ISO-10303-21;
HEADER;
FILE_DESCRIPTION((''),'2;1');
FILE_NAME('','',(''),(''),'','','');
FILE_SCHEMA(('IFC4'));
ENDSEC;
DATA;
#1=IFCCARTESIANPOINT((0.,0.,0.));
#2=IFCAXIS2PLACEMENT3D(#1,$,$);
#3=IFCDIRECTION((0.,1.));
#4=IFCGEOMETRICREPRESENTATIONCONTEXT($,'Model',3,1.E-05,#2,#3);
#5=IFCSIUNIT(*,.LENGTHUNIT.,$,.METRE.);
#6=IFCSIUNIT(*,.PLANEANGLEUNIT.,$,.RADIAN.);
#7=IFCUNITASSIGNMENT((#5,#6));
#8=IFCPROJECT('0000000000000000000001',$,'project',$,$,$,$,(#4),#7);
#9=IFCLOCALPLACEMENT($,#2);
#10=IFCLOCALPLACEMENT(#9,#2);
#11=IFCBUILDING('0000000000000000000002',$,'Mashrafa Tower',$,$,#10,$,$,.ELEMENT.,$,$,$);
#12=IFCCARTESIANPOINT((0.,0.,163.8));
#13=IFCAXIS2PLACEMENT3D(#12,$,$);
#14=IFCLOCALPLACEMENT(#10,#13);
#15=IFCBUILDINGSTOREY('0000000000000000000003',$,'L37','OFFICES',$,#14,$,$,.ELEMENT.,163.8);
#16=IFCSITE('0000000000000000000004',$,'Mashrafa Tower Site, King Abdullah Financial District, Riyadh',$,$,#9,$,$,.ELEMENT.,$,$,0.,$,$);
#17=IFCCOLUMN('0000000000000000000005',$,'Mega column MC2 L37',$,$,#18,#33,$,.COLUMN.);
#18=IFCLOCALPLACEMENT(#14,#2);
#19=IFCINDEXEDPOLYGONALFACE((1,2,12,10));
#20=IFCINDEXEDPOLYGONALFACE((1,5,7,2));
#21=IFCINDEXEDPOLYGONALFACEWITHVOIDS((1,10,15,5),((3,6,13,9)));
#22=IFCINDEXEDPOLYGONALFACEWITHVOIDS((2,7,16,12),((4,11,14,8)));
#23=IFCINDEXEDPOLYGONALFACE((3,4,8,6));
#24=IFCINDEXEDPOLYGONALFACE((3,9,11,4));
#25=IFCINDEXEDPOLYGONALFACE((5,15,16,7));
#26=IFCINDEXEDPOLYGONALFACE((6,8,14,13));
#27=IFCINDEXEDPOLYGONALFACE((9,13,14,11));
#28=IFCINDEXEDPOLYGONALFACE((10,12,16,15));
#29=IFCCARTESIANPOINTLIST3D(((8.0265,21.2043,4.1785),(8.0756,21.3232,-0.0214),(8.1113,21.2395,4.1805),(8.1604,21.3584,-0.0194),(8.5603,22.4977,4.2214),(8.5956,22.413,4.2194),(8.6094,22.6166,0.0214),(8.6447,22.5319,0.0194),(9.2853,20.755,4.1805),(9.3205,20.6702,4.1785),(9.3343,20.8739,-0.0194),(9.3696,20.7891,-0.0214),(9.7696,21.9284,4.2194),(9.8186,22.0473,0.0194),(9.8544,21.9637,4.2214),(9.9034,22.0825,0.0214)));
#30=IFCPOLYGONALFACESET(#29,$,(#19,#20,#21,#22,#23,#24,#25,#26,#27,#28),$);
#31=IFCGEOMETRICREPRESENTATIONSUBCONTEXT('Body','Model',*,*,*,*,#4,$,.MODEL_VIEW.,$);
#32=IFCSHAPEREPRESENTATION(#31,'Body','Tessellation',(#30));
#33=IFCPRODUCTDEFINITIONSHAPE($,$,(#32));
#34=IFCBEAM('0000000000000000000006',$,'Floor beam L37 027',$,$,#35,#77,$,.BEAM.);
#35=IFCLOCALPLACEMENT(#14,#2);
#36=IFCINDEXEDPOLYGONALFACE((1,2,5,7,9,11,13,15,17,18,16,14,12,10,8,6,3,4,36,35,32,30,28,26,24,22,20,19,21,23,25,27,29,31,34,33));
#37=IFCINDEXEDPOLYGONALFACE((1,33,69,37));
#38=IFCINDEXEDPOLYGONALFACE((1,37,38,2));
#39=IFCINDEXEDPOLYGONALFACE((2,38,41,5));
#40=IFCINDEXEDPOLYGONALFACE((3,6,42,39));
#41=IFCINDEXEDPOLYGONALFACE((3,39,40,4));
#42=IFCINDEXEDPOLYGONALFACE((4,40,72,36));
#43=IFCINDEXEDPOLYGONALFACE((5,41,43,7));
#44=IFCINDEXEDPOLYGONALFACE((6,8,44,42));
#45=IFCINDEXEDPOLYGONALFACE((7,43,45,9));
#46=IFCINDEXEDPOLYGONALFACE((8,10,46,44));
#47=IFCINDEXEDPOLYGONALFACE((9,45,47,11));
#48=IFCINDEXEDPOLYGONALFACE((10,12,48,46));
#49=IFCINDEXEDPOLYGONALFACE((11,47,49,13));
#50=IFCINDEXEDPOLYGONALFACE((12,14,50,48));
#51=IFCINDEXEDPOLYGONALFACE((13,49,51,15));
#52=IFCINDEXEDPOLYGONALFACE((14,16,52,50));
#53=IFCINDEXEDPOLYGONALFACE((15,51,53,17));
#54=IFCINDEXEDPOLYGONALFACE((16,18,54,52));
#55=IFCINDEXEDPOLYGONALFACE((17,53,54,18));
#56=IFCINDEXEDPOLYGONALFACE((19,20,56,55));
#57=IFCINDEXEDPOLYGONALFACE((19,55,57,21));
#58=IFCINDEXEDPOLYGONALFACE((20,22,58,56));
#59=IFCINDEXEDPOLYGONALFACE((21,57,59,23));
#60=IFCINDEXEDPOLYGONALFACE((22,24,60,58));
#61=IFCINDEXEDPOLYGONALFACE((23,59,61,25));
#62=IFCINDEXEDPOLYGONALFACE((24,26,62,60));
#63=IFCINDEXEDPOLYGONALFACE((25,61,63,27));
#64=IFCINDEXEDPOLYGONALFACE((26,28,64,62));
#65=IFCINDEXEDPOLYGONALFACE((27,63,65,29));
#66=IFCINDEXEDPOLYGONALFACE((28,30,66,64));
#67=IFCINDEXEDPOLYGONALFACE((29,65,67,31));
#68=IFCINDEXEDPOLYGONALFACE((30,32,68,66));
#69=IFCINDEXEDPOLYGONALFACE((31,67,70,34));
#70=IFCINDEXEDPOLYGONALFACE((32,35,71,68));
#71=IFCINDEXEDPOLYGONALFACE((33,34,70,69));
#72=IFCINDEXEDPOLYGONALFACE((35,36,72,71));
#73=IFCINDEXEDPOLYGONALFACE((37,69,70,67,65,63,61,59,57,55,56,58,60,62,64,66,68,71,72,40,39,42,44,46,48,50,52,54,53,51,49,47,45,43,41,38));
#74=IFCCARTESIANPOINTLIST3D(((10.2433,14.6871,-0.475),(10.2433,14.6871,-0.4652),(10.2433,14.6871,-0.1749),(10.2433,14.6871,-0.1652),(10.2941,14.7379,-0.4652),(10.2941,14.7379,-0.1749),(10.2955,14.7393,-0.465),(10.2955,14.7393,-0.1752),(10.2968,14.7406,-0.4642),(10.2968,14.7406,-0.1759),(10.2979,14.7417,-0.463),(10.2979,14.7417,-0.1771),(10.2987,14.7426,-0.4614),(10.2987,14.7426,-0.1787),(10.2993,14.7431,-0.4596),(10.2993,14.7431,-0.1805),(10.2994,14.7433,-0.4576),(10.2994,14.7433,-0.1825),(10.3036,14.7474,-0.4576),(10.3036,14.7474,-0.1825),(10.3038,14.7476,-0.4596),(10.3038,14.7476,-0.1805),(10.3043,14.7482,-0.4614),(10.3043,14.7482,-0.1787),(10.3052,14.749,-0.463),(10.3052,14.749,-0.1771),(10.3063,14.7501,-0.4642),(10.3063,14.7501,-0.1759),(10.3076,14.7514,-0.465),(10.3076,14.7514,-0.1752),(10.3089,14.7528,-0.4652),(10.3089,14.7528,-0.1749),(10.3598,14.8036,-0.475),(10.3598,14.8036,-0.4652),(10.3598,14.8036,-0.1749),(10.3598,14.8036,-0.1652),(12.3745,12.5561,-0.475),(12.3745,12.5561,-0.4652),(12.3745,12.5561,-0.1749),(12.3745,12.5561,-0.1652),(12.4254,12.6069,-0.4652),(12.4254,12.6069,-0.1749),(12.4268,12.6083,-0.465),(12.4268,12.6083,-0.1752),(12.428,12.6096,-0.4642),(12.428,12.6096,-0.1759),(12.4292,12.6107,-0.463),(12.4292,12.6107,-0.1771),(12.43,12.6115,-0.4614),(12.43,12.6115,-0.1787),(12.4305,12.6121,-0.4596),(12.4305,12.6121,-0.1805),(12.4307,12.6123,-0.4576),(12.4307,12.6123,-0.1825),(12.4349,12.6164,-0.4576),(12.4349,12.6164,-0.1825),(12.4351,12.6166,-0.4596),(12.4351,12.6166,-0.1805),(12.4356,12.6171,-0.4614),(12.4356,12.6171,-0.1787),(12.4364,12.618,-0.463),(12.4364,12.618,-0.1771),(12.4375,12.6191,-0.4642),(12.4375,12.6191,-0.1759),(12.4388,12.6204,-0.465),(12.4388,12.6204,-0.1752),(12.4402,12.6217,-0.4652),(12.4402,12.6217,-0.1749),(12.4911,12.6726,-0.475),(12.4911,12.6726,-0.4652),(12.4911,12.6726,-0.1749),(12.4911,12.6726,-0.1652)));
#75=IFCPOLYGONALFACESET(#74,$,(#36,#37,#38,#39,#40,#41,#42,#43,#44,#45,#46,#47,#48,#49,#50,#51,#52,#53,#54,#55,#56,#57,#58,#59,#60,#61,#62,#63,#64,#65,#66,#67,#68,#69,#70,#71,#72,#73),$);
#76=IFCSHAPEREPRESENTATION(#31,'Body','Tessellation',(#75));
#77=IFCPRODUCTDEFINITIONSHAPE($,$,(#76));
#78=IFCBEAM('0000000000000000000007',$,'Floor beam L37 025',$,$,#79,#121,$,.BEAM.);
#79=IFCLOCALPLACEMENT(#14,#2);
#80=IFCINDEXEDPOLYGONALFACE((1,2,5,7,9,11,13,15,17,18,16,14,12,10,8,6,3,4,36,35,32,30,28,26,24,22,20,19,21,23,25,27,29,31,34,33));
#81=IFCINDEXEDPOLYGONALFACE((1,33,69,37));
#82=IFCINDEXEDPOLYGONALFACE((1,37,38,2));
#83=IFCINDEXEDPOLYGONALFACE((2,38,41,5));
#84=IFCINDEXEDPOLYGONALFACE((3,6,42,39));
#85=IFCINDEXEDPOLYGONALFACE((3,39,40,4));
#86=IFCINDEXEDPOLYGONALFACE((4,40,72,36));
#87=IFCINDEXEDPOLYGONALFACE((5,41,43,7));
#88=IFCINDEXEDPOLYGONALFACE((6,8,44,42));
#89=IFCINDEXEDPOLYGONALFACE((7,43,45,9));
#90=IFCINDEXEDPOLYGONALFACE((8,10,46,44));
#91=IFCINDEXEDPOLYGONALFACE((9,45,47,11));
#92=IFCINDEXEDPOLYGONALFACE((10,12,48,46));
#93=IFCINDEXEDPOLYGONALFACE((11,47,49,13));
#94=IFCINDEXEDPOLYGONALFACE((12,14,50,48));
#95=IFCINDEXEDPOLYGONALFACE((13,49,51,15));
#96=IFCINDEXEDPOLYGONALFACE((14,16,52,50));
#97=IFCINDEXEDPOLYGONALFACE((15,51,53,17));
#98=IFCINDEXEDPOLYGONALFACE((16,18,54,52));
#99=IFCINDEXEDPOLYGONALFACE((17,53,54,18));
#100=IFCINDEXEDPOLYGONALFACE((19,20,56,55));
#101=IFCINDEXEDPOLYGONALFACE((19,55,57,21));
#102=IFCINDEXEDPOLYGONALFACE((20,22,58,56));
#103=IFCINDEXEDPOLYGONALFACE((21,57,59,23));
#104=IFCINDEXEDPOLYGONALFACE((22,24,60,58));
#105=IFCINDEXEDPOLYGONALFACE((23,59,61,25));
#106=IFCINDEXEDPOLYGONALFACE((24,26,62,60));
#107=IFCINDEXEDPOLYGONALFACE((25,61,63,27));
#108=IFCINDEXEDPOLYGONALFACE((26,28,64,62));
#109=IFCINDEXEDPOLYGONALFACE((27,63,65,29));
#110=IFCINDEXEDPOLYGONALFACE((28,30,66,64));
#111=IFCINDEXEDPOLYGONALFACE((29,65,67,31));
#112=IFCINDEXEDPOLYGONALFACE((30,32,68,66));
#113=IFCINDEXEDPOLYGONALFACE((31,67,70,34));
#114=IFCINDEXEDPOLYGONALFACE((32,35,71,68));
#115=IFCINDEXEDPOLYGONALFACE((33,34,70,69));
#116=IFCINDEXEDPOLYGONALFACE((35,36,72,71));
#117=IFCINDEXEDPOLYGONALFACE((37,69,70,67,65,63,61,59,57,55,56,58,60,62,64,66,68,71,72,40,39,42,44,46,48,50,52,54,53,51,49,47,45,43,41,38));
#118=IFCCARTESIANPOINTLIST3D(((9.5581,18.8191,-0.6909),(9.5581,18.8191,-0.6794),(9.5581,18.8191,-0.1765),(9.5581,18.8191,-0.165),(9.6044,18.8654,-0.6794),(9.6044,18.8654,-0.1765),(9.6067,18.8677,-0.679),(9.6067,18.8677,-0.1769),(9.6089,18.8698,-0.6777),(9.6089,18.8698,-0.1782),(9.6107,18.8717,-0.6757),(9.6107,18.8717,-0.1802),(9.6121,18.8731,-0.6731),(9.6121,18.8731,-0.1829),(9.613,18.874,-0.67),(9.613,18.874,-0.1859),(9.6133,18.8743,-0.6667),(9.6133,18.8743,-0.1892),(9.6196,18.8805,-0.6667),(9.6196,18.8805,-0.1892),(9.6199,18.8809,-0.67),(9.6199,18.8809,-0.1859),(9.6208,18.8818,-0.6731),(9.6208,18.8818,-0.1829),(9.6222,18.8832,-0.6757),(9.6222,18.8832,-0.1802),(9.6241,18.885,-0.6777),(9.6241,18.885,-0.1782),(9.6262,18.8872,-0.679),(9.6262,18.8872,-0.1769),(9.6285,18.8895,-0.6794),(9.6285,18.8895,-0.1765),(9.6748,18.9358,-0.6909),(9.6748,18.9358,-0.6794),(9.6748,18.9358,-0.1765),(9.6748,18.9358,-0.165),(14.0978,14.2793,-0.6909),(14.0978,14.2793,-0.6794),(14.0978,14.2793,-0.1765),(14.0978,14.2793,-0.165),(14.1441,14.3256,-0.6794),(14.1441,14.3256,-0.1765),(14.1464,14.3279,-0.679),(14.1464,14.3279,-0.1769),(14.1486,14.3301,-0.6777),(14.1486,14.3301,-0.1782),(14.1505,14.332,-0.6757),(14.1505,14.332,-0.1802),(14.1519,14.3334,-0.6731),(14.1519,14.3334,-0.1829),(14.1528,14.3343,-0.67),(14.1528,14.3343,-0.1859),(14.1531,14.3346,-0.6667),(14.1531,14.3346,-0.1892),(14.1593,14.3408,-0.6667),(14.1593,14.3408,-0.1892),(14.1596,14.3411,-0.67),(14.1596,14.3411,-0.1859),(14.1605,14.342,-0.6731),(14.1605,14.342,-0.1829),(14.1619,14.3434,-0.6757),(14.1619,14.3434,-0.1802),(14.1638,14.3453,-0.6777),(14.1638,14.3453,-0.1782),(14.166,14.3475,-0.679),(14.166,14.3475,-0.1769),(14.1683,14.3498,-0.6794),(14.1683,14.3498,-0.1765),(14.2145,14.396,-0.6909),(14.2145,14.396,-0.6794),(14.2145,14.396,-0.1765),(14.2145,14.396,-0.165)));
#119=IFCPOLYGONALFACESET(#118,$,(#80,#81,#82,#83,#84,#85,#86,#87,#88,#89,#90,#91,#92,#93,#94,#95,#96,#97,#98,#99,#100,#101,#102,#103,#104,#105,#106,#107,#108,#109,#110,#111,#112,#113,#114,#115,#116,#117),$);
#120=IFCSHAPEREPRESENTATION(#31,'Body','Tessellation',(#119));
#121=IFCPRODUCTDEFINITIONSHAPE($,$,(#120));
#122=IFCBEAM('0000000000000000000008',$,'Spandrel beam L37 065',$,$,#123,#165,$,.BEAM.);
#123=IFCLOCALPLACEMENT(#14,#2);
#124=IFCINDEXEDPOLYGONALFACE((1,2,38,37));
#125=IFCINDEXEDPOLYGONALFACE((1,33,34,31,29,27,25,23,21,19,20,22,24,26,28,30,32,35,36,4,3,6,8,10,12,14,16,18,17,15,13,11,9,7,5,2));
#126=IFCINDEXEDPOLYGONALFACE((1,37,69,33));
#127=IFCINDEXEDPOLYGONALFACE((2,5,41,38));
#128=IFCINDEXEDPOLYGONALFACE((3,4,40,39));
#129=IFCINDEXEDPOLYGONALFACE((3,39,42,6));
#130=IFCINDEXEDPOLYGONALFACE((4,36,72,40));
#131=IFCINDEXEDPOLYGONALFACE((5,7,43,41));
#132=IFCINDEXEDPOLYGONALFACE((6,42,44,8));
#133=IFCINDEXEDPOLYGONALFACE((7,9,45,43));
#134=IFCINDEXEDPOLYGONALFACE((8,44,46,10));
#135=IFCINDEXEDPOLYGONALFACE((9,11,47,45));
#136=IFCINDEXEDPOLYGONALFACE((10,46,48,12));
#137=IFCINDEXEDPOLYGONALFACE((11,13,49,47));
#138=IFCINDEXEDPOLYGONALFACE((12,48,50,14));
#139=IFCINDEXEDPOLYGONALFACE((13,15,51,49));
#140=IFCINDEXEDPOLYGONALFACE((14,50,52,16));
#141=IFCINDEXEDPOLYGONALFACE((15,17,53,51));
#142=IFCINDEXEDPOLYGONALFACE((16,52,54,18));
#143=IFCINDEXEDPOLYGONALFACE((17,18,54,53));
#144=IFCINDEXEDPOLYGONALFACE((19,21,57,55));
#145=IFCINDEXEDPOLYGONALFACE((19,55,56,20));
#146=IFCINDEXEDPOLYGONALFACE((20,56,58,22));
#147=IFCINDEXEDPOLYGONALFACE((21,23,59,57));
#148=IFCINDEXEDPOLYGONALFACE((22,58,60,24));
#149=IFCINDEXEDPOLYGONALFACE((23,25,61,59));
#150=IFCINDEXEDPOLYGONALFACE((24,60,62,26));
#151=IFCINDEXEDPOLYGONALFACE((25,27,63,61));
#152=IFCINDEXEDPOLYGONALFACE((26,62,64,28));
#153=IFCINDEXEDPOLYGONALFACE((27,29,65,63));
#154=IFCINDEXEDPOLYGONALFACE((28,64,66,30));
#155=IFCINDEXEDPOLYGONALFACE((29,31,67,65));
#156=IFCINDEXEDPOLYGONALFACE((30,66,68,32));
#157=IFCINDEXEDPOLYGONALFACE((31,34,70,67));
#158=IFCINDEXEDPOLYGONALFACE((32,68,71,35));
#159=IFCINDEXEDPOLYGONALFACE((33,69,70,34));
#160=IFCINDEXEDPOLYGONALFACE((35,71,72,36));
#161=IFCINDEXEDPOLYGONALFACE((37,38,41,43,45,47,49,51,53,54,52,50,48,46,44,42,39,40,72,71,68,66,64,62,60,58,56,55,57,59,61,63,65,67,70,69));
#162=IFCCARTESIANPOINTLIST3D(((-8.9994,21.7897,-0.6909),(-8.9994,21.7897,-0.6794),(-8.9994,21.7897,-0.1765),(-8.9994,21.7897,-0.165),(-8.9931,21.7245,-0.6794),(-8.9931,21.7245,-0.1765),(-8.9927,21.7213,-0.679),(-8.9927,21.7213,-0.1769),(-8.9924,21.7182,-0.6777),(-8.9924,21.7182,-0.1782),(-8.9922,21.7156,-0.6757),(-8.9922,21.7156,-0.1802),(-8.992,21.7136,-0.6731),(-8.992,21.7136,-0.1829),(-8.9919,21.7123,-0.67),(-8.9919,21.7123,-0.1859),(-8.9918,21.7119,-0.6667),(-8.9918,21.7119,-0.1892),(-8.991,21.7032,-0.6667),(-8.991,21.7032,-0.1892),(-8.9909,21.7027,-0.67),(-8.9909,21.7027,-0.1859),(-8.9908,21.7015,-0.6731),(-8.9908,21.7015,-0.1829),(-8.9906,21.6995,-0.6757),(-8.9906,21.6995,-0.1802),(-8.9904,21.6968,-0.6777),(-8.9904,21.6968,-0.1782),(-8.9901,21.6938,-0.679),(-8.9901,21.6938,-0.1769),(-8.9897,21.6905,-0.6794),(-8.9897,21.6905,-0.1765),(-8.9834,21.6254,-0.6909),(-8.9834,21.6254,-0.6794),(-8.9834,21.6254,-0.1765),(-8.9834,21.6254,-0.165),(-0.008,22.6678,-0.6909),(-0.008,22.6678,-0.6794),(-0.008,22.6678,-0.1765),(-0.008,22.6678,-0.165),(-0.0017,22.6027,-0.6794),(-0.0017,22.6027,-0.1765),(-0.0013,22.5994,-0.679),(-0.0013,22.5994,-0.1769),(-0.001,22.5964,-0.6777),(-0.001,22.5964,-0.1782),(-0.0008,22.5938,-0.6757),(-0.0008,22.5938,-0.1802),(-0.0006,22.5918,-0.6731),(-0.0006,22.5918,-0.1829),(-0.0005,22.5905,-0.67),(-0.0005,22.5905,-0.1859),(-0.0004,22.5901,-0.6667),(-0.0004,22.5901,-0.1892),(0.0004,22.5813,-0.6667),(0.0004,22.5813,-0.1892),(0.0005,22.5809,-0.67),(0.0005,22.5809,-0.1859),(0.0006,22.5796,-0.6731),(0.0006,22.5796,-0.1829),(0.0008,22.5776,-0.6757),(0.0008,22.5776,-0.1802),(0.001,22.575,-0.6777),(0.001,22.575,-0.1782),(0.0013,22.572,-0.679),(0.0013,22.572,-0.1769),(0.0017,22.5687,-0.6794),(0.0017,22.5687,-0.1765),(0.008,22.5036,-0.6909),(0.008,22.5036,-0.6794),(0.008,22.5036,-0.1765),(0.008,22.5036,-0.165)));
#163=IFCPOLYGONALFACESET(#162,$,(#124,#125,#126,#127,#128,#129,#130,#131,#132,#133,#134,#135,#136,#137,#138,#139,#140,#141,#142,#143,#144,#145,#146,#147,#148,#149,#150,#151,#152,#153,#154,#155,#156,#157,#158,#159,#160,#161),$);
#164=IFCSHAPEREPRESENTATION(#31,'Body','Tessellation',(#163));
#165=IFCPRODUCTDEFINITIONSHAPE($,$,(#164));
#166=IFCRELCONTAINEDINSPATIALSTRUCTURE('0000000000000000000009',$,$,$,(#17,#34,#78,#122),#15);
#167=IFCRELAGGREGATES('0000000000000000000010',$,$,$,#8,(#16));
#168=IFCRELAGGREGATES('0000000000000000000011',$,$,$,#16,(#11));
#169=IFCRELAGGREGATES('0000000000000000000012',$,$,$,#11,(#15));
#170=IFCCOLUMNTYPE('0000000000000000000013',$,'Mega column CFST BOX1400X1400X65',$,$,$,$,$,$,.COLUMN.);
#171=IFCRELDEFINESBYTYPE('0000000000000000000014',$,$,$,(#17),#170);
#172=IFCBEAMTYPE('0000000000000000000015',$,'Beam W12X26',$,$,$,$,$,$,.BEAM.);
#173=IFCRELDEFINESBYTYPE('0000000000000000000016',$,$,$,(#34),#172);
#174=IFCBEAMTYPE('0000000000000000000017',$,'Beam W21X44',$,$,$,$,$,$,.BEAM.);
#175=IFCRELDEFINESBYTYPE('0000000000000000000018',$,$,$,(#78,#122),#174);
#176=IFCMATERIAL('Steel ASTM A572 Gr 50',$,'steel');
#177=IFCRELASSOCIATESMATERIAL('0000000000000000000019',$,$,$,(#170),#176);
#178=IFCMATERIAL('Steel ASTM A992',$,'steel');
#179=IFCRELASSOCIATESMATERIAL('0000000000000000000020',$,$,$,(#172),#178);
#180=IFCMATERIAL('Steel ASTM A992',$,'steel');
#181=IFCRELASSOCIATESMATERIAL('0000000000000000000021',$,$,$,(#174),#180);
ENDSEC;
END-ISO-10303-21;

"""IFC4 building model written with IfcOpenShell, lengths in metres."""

from ifc_helpers import new_model, si_unit, direction, frame, origin, origin_2d, place, context, subcontext, project, spatial, hollow_rectangle, i_section, extrude, material, material_profile, profile_set, type_object, element, save


model = new_model("IFC4")

# Units and contexts
model_context = context("Model", 3, precision=1e-05, world=origin(), true_north=direction((0.0, 1.0)))
body_context = subcontext(model_context, "Body", "Model", "MODEL_VIEW")
ifc_project = project(units=[si_unit("LENGTHUNIT", "METRE"), si_unit("PLANEANGLEUNIT", "RADIAN")], contexts=[model_context])

# Site, building, storey
site_placement = place(None, origin())
site = spatial("IfcSite", under=ifc_project, at=site_placement, Name="Mashrafa Tower Site, King Abdullah Financial District, Riyadh", CompositionType="ELEMENT", RefElevation=0.0)
building_placement = place(site_placement, origin())
building = spatial("IfcBuilding", under=site, at=building_placement, Name="Mashrafa Tower", CompositionType="ELEMENT")
storey_placement = place(building_placement, frame((0.0, 0.0, 163.8)))
storey = spatial("IfcBuildingStorey", under=building, at=storey_placement, Name="L37", Description="OFFICES", CompositionType="ELEMENT", Elevation=163.8)

# Column
ifc_material_1 = material(Name="Steel ASTM A572 Gr 50", Category="steel")
ifc_material_profile_1 = material_profile(ifc_material_1, hollow_rectangle(XDim=1.3999, YDim=1.3999, WallThickness=0.0649, at=origin_2d()), Name="BOX1400X1400X65")
ifc_profile_set_1 = profile_set([ifc_material_profile_1], Name="Steel ASTM A572 Gr 50")
column_type = type_object("IfcColumnType", Name="Mega column CFST BOX1400X1400X65", PredefinedType="COLUMN", material=ifc_profile_set_1)
column_placement = place(storey_placement, frame((8.9895, 21.7029, 0.0), z_axis=(-0.011679, -0.028296, 0.999531), x_axis=(0.924363, -0.381513, 0.0)))
element("IfcColumn", 1, at=column_placement, inside=storey, type_object=column_type, Name="Mega column MC2 L37", PredefinedType="COLUMN", context=body_context, shape_type="SweptSolid", body=[
    extrude(hollow_rectangle(XDim=1.3999, YDim=1.3999, WallThickness=0.0649, at=origin_2d()), origin(), (0.0, 0.0, 1.0), 4.2019),
])

# Beams
ifc_material_2 = material(Name="Steel ASTM A992", Category="steel")
ifc_material_profile_2 = material_profile(ifc_material_2, i_section(OverallWidth=0.1648, OverallDepth=0.3098, WebThickness=0.0059, FlangeThickness=0.0098, FilletRadius=0.0076, at=origin_2d()), Name="W12X26")
ifc_profile_set_2 = profile_set([ifc_material_profile_2], Name="Steel ASTM A992")
beam_type_1 = type_object("IfcBeamType", Name="Beam W12X26", PredefinedType="BEAM", material=ifc_profile_set_2)
beam_1_placement = place(storey_placement, frame((10.3015, 14.7454, -0.3201), z_axis=(0.707147, -0.707066, 0.0), x_axis=(0.707066, 0.707147, 0.0)))
element("IfcBeam", 2, at=beam_1_placement, inside=storey, type_object=beam_type_1, Name="Floor beam L37 027", PredefinedType="BEAM", context=body_context, shape_type="SweptSolid", body=[
    extrude(i_section(OverallWidth=0.1648, OverallDepth=0.3098, WebThickness=0.0059, FlangeThickness=0.0098, FilletRadius=0.0076, at=origin_2d()), origin(), (0.0, 0.0, 1.0), 3.0139),
])
ifc_material_3 = material(Name="Steel ASTM A992", Category="steel")
ifc_material_profile_3 = material_profile(ifc_material_3, i_section(OverallWidth=0.165, OverallDepth=0.5259, WebThickness=0.0088, FlangeThickness=0.0115, FilletRadius=0.0127, at=origin_2d()), Name="W21X44")
ifc_profile_set_3 = profile_set([ifc_material_profile_3], Name="Steel ASTM A992")
beam_type_2 = type_object("IfcBeamType", Name="Beam W21X44", PredefinedType="BEAM", material=ifc_profile_set_3)
beam_2_placement = place(storey_placement, frame((9.6165, 18.8774, -0.428), z_axis=(0.707107, -0.707107, 0.0), x_axis=(0.707107, 0.707107, 0.0)))
element("IfcBeam", 3, at=beam_2_placement, inside=storey, type_object=beam_type_2, Name="Floor beam L37 025", PredefinedType="BEAM", context=body_context, shape_type="SweptSolid", body=[
    extrude(i_section(OverallWidth=0.165, OverallDepth=0.5259, WebThickness=0.0088, FlangeThickness=0.0115, FilletRadius=0.0127, at=origin_2d()), origin(), (0.0, 0.0, 1.0), 6.4202),
])
for number, where, z_axis, x_axis, name in (
    (4, (0.0, 22.5857, -0.428), (-0.995264, -0.097205, 0.0), (0.097205, -0.995264, 0.0), "Spandrel beam L37 065"),
):
    element("IfcBeam", number, at=place(storey_placement, frame(where, z_axis=z_axis, x_axis=x_axis)), inside=storey, type_object=beam_type_2, Name=name, PredefinedType="BEAM", context=body_context, shape_type="SweptSolid", body=[
        extrude(i_section(OverallWidth=0.165, OverallDepth=0.5259, WebThickness=0.0088, FlangeThickness=0.0115, FilletRadius=0.0127, at=origin_2d()), origin(), (0.0, 0.0, 1.0), 9.0342),
    ])

save(model, "model.ifc")
